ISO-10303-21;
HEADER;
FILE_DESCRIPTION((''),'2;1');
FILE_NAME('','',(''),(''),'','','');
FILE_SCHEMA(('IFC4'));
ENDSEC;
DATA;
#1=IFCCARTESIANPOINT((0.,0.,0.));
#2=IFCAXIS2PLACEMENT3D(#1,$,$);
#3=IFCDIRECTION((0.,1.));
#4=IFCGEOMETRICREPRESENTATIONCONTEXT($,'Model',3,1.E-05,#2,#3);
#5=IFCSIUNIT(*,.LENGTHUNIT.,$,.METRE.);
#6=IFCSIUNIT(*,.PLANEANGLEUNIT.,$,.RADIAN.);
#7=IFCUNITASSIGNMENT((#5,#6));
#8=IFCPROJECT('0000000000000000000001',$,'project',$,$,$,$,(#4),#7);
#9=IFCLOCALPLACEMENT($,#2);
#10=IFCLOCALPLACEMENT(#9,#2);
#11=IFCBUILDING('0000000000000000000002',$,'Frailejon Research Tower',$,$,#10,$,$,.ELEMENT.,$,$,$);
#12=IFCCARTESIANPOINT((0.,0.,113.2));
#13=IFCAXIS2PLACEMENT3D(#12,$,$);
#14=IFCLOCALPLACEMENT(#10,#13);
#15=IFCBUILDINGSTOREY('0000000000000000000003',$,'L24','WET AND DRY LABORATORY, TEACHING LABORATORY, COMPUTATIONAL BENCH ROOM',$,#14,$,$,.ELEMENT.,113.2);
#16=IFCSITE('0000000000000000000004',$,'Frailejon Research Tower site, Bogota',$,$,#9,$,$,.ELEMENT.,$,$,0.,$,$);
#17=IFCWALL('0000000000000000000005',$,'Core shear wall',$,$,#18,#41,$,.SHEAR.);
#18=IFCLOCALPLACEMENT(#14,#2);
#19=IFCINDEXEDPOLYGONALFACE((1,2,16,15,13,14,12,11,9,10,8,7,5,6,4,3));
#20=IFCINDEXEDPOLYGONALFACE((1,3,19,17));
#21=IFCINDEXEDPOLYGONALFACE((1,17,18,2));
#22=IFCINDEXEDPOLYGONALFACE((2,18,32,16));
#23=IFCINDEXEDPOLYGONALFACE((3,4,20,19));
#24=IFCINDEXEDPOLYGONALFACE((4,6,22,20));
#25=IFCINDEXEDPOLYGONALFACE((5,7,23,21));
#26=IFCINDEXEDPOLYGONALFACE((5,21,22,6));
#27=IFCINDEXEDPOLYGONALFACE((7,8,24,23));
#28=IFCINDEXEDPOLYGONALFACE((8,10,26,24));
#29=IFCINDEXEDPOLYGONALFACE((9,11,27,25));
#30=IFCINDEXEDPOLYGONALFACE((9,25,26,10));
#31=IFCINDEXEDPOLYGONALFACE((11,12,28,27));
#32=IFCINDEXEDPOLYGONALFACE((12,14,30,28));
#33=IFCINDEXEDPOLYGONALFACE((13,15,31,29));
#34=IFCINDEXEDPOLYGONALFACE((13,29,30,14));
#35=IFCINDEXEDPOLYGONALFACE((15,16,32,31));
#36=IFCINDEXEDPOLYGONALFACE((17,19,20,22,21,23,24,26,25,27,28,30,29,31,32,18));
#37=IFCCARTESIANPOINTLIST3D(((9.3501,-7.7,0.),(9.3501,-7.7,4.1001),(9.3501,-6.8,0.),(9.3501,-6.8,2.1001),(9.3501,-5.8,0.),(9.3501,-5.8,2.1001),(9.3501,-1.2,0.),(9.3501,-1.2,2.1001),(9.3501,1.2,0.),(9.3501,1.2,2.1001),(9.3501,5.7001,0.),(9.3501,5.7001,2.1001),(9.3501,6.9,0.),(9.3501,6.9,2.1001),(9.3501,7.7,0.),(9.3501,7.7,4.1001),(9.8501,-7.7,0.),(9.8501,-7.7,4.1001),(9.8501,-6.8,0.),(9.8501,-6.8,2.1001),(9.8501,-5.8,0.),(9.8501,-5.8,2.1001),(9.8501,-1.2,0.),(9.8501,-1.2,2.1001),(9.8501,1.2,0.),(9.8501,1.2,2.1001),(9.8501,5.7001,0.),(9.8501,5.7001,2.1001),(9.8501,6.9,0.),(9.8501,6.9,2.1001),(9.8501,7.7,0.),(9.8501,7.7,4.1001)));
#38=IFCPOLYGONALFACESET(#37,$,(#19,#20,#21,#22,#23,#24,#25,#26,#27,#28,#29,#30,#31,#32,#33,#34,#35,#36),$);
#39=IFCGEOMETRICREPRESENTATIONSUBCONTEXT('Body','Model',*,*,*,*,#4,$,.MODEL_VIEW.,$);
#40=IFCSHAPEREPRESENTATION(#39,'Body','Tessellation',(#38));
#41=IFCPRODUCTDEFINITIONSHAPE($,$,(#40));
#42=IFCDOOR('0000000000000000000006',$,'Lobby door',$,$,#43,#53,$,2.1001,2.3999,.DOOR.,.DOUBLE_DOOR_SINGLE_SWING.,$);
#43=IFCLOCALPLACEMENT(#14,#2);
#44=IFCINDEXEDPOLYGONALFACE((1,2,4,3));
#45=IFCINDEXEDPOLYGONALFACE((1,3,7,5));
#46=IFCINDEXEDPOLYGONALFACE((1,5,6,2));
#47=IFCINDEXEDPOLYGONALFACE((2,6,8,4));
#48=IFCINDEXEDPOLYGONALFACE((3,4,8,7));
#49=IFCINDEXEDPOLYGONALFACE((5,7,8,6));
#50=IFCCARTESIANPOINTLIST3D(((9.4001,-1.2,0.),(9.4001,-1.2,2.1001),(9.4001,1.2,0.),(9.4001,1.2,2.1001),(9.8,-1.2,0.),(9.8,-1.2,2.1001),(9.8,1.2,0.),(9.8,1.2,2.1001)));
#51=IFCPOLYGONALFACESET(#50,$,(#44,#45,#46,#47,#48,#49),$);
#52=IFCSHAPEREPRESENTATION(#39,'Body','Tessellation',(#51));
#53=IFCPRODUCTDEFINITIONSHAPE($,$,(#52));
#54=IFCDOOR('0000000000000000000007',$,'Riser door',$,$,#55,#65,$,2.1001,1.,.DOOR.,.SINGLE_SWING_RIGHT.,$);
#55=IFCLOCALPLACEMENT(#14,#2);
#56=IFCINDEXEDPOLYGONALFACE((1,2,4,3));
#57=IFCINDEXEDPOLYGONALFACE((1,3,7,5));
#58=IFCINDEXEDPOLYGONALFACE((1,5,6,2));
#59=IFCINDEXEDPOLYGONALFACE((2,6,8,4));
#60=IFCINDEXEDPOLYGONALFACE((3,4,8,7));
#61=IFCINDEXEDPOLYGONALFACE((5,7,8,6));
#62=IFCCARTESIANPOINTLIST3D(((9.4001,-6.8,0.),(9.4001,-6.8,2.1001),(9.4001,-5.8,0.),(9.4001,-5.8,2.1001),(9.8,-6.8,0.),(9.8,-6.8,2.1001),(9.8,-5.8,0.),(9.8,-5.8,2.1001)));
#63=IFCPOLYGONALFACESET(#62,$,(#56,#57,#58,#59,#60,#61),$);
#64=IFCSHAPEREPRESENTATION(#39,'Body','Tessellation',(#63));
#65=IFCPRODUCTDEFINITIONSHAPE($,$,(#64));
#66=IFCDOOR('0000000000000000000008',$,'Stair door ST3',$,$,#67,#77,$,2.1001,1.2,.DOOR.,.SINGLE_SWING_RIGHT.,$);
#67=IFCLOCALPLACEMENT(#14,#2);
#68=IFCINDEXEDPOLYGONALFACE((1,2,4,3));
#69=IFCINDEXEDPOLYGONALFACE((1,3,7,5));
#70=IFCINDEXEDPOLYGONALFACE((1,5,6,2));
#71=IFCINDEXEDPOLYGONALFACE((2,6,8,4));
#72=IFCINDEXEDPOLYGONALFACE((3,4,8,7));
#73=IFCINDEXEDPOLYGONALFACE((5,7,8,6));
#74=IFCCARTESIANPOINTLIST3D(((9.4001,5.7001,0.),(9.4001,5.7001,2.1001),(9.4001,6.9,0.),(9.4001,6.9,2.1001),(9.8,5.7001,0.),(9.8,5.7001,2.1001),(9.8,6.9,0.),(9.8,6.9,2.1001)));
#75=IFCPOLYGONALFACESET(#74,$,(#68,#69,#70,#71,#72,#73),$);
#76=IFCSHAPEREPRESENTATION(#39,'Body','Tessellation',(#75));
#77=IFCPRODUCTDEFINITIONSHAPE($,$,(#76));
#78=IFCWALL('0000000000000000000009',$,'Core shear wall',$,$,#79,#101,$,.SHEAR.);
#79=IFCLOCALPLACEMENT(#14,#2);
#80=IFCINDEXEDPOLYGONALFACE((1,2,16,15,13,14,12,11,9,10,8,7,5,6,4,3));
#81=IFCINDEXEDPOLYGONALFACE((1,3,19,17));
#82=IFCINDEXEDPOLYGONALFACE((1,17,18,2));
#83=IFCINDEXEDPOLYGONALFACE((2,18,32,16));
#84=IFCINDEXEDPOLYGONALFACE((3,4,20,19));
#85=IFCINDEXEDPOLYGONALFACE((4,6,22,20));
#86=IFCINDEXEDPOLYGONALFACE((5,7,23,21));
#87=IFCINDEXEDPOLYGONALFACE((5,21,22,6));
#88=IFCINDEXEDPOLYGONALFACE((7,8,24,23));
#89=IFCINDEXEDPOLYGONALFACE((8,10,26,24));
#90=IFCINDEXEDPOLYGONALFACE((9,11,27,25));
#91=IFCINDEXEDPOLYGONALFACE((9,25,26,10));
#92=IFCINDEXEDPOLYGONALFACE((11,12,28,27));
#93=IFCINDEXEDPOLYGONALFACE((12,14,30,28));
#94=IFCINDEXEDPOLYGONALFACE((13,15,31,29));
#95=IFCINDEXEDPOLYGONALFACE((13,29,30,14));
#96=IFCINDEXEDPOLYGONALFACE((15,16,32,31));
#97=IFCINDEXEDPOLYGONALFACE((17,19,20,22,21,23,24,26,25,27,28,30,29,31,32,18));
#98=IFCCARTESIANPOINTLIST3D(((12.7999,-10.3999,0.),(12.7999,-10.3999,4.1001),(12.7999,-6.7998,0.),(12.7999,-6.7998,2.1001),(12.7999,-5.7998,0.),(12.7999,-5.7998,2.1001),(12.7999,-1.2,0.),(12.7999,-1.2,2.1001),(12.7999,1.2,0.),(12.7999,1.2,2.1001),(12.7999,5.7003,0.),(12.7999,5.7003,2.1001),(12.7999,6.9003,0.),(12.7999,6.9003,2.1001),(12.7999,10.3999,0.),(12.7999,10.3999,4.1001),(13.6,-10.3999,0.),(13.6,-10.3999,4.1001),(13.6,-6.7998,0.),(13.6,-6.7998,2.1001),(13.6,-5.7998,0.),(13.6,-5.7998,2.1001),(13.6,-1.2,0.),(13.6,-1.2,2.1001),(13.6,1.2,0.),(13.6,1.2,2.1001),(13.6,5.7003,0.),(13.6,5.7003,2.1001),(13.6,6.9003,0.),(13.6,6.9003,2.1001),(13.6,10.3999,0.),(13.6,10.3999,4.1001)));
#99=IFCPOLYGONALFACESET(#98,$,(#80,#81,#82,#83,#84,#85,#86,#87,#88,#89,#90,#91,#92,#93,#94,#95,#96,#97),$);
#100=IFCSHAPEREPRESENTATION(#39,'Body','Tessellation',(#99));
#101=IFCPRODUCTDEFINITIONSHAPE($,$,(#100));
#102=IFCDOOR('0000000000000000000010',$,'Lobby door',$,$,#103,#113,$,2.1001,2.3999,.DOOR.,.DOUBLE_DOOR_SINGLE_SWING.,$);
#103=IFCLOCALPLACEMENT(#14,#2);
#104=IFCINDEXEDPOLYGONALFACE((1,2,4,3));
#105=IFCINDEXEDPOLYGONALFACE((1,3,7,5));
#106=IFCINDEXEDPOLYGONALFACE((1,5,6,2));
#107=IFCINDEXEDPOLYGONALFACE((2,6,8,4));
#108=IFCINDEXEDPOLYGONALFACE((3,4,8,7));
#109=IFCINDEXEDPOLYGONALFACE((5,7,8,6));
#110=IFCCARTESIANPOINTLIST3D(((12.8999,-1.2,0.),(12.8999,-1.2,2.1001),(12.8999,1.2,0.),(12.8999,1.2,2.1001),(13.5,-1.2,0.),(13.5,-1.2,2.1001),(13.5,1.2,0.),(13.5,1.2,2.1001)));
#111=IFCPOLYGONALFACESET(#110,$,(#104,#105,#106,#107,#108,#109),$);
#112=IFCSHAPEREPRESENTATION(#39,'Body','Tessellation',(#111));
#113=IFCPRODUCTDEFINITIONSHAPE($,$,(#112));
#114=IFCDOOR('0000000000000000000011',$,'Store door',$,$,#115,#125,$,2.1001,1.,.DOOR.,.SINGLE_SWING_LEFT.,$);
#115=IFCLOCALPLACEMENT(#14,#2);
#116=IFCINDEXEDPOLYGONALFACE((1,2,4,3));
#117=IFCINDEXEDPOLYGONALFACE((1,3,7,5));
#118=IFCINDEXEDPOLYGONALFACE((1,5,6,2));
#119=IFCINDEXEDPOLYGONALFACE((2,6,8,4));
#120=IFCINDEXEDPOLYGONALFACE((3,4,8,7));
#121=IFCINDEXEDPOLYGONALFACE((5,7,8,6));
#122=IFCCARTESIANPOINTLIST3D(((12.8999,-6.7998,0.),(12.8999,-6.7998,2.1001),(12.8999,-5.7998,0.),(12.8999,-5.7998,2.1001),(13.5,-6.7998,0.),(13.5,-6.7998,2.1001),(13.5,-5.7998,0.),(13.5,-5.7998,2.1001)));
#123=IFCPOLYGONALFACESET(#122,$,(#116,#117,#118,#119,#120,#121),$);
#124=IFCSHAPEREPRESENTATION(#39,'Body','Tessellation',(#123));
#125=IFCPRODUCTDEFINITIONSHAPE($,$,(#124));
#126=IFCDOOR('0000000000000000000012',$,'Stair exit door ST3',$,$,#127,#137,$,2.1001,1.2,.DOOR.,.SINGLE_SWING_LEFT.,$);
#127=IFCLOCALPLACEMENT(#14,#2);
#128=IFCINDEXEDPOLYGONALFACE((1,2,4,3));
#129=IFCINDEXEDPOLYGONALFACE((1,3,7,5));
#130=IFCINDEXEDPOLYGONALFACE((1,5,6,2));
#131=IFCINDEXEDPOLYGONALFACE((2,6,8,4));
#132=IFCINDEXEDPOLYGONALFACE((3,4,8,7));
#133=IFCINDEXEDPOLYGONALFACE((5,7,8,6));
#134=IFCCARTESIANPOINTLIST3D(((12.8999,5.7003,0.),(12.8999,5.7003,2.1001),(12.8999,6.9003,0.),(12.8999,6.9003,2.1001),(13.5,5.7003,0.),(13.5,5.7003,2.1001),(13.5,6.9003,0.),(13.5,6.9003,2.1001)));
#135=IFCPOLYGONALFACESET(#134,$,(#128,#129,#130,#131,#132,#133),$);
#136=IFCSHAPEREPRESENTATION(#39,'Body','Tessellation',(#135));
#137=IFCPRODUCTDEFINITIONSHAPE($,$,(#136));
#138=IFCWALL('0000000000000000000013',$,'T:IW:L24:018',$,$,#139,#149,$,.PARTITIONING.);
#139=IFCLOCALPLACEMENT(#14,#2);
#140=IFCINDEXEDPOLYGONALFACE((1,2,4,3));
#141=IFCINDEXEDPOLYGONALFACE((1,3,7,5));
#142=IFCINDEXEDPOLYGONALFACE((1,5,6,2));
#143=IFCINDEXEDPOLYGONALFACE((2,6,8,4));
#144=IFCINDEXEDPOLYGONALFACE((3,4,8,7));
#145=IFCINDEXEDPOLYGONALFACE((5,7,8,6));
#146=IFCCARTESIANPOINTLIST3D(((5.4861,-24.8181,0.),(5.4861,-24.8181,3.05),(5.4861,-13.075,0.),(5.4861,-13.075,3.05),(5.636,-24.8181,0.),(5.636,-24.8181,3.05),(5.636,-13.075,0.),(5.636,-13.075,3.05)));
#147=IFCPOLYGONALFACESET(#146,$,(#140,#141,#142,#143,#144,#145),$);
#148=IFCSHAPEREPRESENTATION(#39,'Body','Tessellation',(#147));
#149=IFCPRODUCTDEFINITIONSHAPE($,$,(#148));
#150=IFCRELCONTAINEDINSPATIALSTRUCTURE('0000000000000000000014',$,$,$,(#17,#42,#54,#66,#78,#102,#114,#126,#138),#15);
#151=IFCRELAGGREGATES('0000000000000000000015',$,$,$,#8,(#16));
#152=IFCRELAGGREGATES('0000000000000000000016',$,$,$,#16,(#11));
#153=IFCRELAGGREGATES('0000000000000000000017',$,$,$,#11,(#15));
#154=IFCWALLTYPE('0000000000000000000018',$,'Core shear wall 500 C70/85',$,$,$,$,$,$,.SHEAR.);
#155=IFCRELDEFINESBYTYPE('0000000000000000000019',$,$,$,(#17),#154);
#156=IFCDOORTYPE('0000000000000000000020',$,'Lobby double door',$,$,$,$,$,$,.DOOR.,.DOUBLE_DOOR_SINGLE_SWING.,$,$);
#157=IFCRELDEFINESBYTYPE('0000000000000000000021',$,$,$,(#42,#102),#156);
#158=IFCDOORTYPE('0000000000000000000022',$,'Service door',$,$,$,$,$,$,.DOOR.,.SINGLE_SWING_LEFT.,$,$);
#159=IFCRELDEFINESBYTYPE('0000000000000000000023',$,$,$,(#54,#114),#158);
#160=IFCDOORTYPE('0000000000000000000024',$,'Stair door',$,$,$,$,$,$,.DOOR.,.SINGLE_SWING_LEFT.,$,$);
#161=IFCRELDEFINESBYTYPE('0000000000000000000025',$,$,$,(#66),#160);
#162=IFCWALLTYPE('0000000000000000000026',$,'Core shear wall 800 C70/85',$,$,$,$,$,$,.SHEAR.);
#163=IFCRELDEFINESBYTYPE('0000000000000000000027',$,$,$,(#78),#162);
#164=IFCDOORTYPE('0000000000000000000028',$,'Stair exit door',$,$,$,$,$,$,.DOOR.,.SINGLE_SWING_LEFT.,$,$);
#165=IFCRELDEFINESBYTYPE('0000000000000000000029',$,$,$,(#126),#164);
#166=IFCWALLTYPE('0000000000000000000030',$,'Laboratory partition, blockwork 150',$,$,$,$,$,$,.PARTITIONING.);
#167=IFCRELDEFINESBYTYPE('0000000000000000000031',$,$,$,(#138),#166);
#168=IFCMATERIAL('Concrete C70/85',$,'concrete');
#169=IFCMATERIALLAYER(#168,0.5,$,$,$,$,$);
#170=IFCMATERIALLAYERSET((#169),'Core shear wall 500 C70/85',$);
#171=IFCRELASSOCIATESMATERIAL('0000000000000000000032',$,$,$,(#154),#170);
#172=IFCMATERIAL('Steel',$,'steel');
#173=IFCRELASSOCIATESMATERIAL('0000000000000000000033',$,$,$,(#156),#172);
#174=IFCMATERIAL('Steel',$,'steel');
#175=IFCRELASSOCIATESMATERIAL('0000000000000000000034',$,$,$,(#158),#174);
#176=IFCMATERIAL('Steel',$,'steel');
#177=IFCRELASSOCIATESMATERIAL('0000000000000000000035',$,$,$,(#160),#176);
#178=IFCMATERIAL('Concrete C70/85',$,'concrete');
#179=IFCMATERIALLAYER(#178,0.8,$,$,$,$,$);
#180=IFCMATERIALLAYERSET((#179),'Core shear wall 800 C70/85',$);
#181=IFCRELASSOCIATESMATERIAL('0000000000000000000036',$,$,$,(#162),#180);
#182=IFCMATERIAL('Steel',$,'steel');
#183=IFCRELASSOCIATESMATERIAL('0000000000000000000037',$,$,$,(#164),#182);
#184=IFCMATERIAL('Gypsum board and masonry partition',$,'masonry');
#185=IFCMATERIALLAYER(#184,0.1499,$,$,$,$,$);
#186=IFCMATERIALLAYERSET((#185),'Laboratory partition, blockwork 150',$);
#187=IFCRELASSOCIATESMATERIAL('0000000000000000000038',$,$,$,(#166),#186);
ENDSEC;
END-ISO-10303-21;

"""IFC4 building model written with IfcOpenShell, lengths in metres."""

from ifc_helpers import new_model, si_unit, direction, frame, frame_2d, origin, place, context, subcontext, project, spatial, rectangle, extrude, material, layer, layer_set, type_object, element, fill, save


model = new_model("IFC4")

# Units and contexts
model_context = context("Model", 3, precision=1e-05, world=origin(), true_north=direction((0.0, 1.0)))
body_context = subcontext(model_context, "Body", "Model", "MODEL_VIEW")
ifc_project = project(units=[si_unit("LENGTHUNIT", "METRE"), si_unit("PLANEANGLEUNIT", "RADIAN")], contexts=[model_context])

# Site, building, storey
site_placement = place(None, origin())
site = spatial("IfcSite", under=ifc_project, at=site_placement, Name="Frailejon Research Tower site, Bogota", CompositionType="ELEMENT", RefElevation=0.0)
building_placement = place(site_placement, origin())
building = spatial("IfcBuilding", under=site, at=building_placement, Name="Frailejon Research Tower", CompositionType="ELEMENT")
storey_placement = place(building_placement, frame((0.0, 0.0, 113.2)))
storey = spatial("IfcBuildingStorey", under=building, at=storey_placement, Name="L24", Description="WET AND DRY LABORATORY, TEACHING LABORATORY, COMPUTATIONAL BENCH ROOM", CompositionType="ELEMENT", Elevation=113.2)

# Walls, openings, doors
ifc_material_1 = material(Name="Concrete C70/85", Category="concrete")
ifc_layer_1 = layer(ifc_material_1, 0.5)
ifc_layer_set_1 = layer_set([ifc_layer_1], Name="Core shear wall 500 C70/85")
wall_type_1 = type_object("IfcWallType", Name="Core shear wall 500 C70/85", PredefinedType="SHEAR", material=ifc_layer_set_1)
wall_1_placement = place(storey_placement, frame((9.6001, -7.7, 0.0), z_axis=(0.0, 0.0, 1.0), x_axis=(0.0, 1.0, 0.0)))
wall_1 = element("IfcWall", 1, at=wall_1_placement, inside=storey, type_object=wall_type_1, Name="Core shear wall", PredefinedType="SHEAR", context=body_context, shape_type="SweptSolid", body=[
    extrude(rectangle(XDim=15.3999, YDim=0.5, at=frame_2d((7.7, 0.0))), origin(), (0.0, 0.0, 1.0), 4.1001),
])
opening_1_placement = place(wall_1_placement, frame((6.5, 0.0, 0.0)))
opening_1 = element("IfcOpeningElement", 2, at=opening_1_placement, cuts=wall_1, PredefinedType="OPENING", context=body_context, shape_type="SweptSolid", body=[
    extrude(rectangle(XDim=2.3999, YDim=2.1001, at=frame_2d((1.2, 1.05))), frame((0.0, 0.26, 0.0), z_axis=(0.0, -1.0, 0.0), x_axis=(1.0, 0.0, 0.0)), (0.0, 0.0, 1.0), 0.52),
])
opening_2_placement = place(wall_1_placement, frame((13.3999, 0.0, 0.0)))
opening_2 = element("IfcOpeningElement", 3, at=opening_2_placement, cuts=wall_1, PredefinedType="OPENING", context=body_context, shape_type="SweptSolid", body=[
    extrude(rectangle(XDim=1.2, YDim=2.1001, at=frame_2d((0.6001, 1.05))), frame((0.0, 0.26, 0.0), z_axis=(0.0, -1.0, 0.0), x_axis=(1.0, 0.0, 0.0)), (0.0, 0.0, 1.0), 0.52),
])
opening_3_placement = place(wall_1_placement, frame((0.8999, 0.0, 0.0)))
opening_3 = element("IfcOpeningElement", 4, at=opening_3_placement, cuts=wall_1, PredefinedType="OPENING", context=body_context, shape_type="SweptSolid", body=[
    extrude(rectangle(XDim=1.0, YDim=2.1001, at=frame_2d((0.5, 1.05))), frame((0.0, 0.26, 0.0), z_axis=(0.0, -1.0, 0.0), x_axis=(1.0, 0.0, 0.0)), (0.0, 0.0, 1.0), 0.52),
])
ifc_material_2 = material(Name="Steel", Category="steel")
door_type_1 = type_object("IfcDoorType", Name="Lobby double door", OperationType="DOUBLE_DOOR_SINGLE_SWING", PredefinedType="DOOR", material=ifc_material_2)
door_1_placement = place(opening_1_placement, origin())
door_1 = element("IfcDoor", 5, at=door_1_placement, inside=storey, type_object=door_type_1, Name="Lobby door", OperationType="DOUBLE_DOOR_SINGLE_SWING", OverallHeight=2.1001, OverallWidth=2.3999, PredefinedType="DOOR", context=body_context, shape_type="SweptSolid", body=[
    extrude(rectangle(XDim=2.3999, YDim=2.1001, at=frame_2d((1.2, 1.05))), frame((0.0, 0.2, 0.0), z_axis=(0.0, -1.0, 0.0), x_axis=(1.0, 0.0, 0.0)), (0.0, 0.0, 1.0), 0.3999),
])
fill(opening_1, door_1)
ifc_material_3 = material(Name="Steel", Category="steel")
door_type_2 = type_object("IfcDoorType", Name="Service door", OperationType="SINGLE_SWING_LEFT", PredefinedType="DOOR", material=ifc_material_3)
door_2_placement = place(opening_3_placement, origin())
door_2 = element("IfcDoor", 6, at=door_2_placement, inside=storey, type_object=door_type_2, Name="Riser door", OperationType="SINGLE_SWING_RIGHT", OverallHeight=2.1001, OverallWidth=1.0, PredefinedType="DOOR", context=body_context, shape_type="SweptSolid", body=[
    extrude(rectangle(XDim=1.0, YDim=2.1001, at=frame_2d((0.5, 1.05))), frame((0.0, 0.2, 0.0), z_axis=(0.0, -1.0, 0.0), x_axis=(1.0, 0.0, 0.0)), (0.0, 0.0, 1.0), 0.3999),
])
fill(opening_3, door_2)
ifc_material_4 = material(Name="Steel", Category="steel")
door_type_3 = type_object("IfcDoorType", Name="Stair door", OperationType="SINGLE_SWING_LEFT", PredefinedType="DOOR", material=ifc_material_4)
door_3_placement = place(opening_2_placement, origin())
door_3 = element("IfcDoor", 7, at=door_3_placement, inside=storey, type_object=door_type_3, Name="Stair door ST3", OperationType="SINGLE_SWING_RIGHT", OverallHeight=2.1001, OverallWidth=1.2, PredefinedType="DOOR", context=body_context, shape_type="SweptSolid", body=[
    extrude(rectangle(XDim=1.2, YDim=2.1001, at=frame_2d((0.6001, 1.05))), frame((0.0, 0.2, 0.0), z_axis=(0.0, -1.0, 0.0), x_axis=(1.0, 0.0, 0.0)), (0.0, 0.0, 1.0), 0.3999),
])
fill(opening_2, door_3)
ifc_material_5 = material(Name="Concrete C70/85", Category="concrete")
ifc_layer_2 = layer(ifc_material_5, 0.8)
ifc_layer_set_2 = layer_set([ifc_layer_2], Name="Core shear wall 800 C70/85")
wall_type_2 = type_object("IfcWallType", Name="Core shear wall 800 C70/85", PredefinedType="SHEAR", material=ifc_layer_set_2)
wall_2_placement = place(storey_placement, frame((13.2, -10.3999, 0.0), z_axis=(0.0, 0.0, 1.0), x_axis=(0.0, 1.0, 0.0)))
wall_2 = element("IfcWall", 8, at=wall_2_placement, inside=storey, type_object=wall_type_2, Name="Core shear wall", PredefinedType="SHEAR", context=body_context, shape_type="SweptSolid", body=[
    extrude(rectangle(XDim=20.7998, YDim=0.8, at=frame_2d((10.3999, 0.0))), origin(), (0.0, 0.0, 1.0), 4.1001),
])
opening_4_placement = place(wall_2_placement, frame((9.2, 0.0, 0.0)))
opening_4 = element("IfcOpeningElement", 9, at=opening_4_placement, cuts=wall_2, PredefinedType="OPENING", context=body_context, shape_type="SweptSolid", body=[
    extrude(rectangle(XDim=2.3999, YDim=2.1001, at=frame_2d((1.2, 1.05))), frame((0.0, 0.4099, 0.0), z_axis=(0.0, -1.0, 0.0), x_axis=(1.0, 0.0, 0.0)), (0.0, 0.0, 1.0), 0.8201),
])
opening_5_placement = place(wall_2_placement, frame((16.1001, 0.0, 0.0)))
opening_5 = element("IfcOpeningElement", 10, at=opening_5_placement, cuts=wall_2, PredefinedType="OPENING", context=body_context, shape_type="SweptSolid", body=[
    extrude(rectangle(XDim=1.2, YDim=2.1001, at=frame_2d((0.6001, 1.05))), frame((0.0, 0.4099, 0.0), z_axis=(0.0, -1.0, 0.0), x_axis=(1.0, 0.0, 0.0)), (0.0, 0.0, 1.0), 0.8201),
])
opening_6_placement = place(wall_2_placement, frame((3.6001, 0.0, 0.0)))
opening_6 = element("IfcOpeningElement", 11, at=opening_6_placement, cuts=wall_2, PredefinedType="OPENING", context=body_context, shape_type="SweptSolid", body=[
    extrude(rectangle(XDim=1.0, YDim=2.1001, at=frame_2d((0.5, 1.05))), frame((0.0, 0.4099, 0.0), z_axis=(0.0, -1.0, 0.0), x_axis=(1.0, 0.0, 0.0)), (0.0, 0.0, 1.0), 0.8201),
])
door_4_placement = place(opening_4_placement, origin())
door_4 = element("IfcDoor", 12, at=door_4_placement, inside=storey, type_object=door_type_1, Name="Lobby door", OperationType="DOUBLE_DOOR_SINGLE_SWING", OverallHeight=2.1001, OverallWidth=2.3999, PredefinedType="DOOR", context=body_context, shape_type="SweptSolid", body=[
    extrude(rectangle(XDim=2.3999, YDim=2.1001, at=frame_2d((1.2, 1.05))), frame((0.0, 0.3, 0.0), z_axis=(0.0, -1.0, 0.0), x_axis=(1.0, 0.0, 0.0)), (0.0, 0.0, 1.0), 0.6001),
])
fill(opening_4, door_4)
door_5_placement = place(opening_6_placement, origin())
door_5 = element("IfcDoor", 13, at=door_5_placement, inside=storey, type_object=door_type_2, Name="Store door", OperationType="SINGLE_SWING_LEFT", OverallHeight=2.1001, OverallWidth=1.0, PredefinedType="DOOR", context=body_context, shape_type="SweptSolid", body=[
    extrude(rectangle(XDim=1.0, YDim=2.1001, at=frame_2d((0.5, 1.05))), frame((0.0, 0.3, 0.0), z_axis=(0.0, -1.0, 0.0), x_axis=(1.0, 0.0, 0.0)), (0.0, 0.0, 1.0), 0.6001),
])
fill(opening_6, door_5)
ifc_material_6 = material(Name="Steel", Category="steel")
door_type_4 = type_object("IfcDoorType", Name="Stair exit door", OperationType="SINGLE_SWING_LEFT", PredefinedType="DOOR", material=ifc_material_6)
door_6_placement = place(opening_5_placement, origin())
door_6 = element("IfcDoor", 14, at=door_6_placement, inside=storey, type_object=door_type_4, Name="Stair exit door ST3", OperationType="SINGLE_SWING_LEFT", OverallHeight=2.1001, OverallWidth=1.2, PredefinedType="DOOR", context=body_context, shape_type="SweptSolid", body=[
    extrude(rectangle(XDim=1.2, YDim=2.1001, at=frame_2d((0.6001, 1.05))), frame((0.0, 0.3, 0.0), z_axis=(0.0, -1.0, 0.0), x_axis=(1.0, 0.0, 0.0)), (0.0, 0.0, 1.0), 0.6001),
])
fill(opening_5, door_6)

# Wall
ifc_material_7 = material(Name="Gypsum board and masonry partition", Category="masonry")
ifc_layer_3 = layer(ifc_material_7, 0.1499)
ifc_layer_set_3 = layer_set([ifc_layer_3], Name="Laboratory partition, blockwork 150")
wall_type_3 = type_object("IfcWallType", Name="Laboratory partition, blockwork 150", PredefinedType="PARTITIONING", material=ifc_layer_set_3)
wall_3_placement = place(storey_placement, frame((5.561, -24.8181, 0.0), z_axis=(0.0, 0.0, 1.0), x_axis=(0.0, 1.0, 0.0)))
element("IfcWall", 15, at=wall_3_placement, inside=storey, type_object=wall_type_3, Name="T:IW:L24:018", PredefinedType="PARTITIONING", context=body_context, shape_type="SweptSolid", body=[
    extrude(rectangle(XDim=11.7432, YDim=0.1499, at=frame_2d((5.8716, 0.0))), origin(), (0.0, 0.0, 1.0), 3.05),
])

save(model, "model.ifc")
